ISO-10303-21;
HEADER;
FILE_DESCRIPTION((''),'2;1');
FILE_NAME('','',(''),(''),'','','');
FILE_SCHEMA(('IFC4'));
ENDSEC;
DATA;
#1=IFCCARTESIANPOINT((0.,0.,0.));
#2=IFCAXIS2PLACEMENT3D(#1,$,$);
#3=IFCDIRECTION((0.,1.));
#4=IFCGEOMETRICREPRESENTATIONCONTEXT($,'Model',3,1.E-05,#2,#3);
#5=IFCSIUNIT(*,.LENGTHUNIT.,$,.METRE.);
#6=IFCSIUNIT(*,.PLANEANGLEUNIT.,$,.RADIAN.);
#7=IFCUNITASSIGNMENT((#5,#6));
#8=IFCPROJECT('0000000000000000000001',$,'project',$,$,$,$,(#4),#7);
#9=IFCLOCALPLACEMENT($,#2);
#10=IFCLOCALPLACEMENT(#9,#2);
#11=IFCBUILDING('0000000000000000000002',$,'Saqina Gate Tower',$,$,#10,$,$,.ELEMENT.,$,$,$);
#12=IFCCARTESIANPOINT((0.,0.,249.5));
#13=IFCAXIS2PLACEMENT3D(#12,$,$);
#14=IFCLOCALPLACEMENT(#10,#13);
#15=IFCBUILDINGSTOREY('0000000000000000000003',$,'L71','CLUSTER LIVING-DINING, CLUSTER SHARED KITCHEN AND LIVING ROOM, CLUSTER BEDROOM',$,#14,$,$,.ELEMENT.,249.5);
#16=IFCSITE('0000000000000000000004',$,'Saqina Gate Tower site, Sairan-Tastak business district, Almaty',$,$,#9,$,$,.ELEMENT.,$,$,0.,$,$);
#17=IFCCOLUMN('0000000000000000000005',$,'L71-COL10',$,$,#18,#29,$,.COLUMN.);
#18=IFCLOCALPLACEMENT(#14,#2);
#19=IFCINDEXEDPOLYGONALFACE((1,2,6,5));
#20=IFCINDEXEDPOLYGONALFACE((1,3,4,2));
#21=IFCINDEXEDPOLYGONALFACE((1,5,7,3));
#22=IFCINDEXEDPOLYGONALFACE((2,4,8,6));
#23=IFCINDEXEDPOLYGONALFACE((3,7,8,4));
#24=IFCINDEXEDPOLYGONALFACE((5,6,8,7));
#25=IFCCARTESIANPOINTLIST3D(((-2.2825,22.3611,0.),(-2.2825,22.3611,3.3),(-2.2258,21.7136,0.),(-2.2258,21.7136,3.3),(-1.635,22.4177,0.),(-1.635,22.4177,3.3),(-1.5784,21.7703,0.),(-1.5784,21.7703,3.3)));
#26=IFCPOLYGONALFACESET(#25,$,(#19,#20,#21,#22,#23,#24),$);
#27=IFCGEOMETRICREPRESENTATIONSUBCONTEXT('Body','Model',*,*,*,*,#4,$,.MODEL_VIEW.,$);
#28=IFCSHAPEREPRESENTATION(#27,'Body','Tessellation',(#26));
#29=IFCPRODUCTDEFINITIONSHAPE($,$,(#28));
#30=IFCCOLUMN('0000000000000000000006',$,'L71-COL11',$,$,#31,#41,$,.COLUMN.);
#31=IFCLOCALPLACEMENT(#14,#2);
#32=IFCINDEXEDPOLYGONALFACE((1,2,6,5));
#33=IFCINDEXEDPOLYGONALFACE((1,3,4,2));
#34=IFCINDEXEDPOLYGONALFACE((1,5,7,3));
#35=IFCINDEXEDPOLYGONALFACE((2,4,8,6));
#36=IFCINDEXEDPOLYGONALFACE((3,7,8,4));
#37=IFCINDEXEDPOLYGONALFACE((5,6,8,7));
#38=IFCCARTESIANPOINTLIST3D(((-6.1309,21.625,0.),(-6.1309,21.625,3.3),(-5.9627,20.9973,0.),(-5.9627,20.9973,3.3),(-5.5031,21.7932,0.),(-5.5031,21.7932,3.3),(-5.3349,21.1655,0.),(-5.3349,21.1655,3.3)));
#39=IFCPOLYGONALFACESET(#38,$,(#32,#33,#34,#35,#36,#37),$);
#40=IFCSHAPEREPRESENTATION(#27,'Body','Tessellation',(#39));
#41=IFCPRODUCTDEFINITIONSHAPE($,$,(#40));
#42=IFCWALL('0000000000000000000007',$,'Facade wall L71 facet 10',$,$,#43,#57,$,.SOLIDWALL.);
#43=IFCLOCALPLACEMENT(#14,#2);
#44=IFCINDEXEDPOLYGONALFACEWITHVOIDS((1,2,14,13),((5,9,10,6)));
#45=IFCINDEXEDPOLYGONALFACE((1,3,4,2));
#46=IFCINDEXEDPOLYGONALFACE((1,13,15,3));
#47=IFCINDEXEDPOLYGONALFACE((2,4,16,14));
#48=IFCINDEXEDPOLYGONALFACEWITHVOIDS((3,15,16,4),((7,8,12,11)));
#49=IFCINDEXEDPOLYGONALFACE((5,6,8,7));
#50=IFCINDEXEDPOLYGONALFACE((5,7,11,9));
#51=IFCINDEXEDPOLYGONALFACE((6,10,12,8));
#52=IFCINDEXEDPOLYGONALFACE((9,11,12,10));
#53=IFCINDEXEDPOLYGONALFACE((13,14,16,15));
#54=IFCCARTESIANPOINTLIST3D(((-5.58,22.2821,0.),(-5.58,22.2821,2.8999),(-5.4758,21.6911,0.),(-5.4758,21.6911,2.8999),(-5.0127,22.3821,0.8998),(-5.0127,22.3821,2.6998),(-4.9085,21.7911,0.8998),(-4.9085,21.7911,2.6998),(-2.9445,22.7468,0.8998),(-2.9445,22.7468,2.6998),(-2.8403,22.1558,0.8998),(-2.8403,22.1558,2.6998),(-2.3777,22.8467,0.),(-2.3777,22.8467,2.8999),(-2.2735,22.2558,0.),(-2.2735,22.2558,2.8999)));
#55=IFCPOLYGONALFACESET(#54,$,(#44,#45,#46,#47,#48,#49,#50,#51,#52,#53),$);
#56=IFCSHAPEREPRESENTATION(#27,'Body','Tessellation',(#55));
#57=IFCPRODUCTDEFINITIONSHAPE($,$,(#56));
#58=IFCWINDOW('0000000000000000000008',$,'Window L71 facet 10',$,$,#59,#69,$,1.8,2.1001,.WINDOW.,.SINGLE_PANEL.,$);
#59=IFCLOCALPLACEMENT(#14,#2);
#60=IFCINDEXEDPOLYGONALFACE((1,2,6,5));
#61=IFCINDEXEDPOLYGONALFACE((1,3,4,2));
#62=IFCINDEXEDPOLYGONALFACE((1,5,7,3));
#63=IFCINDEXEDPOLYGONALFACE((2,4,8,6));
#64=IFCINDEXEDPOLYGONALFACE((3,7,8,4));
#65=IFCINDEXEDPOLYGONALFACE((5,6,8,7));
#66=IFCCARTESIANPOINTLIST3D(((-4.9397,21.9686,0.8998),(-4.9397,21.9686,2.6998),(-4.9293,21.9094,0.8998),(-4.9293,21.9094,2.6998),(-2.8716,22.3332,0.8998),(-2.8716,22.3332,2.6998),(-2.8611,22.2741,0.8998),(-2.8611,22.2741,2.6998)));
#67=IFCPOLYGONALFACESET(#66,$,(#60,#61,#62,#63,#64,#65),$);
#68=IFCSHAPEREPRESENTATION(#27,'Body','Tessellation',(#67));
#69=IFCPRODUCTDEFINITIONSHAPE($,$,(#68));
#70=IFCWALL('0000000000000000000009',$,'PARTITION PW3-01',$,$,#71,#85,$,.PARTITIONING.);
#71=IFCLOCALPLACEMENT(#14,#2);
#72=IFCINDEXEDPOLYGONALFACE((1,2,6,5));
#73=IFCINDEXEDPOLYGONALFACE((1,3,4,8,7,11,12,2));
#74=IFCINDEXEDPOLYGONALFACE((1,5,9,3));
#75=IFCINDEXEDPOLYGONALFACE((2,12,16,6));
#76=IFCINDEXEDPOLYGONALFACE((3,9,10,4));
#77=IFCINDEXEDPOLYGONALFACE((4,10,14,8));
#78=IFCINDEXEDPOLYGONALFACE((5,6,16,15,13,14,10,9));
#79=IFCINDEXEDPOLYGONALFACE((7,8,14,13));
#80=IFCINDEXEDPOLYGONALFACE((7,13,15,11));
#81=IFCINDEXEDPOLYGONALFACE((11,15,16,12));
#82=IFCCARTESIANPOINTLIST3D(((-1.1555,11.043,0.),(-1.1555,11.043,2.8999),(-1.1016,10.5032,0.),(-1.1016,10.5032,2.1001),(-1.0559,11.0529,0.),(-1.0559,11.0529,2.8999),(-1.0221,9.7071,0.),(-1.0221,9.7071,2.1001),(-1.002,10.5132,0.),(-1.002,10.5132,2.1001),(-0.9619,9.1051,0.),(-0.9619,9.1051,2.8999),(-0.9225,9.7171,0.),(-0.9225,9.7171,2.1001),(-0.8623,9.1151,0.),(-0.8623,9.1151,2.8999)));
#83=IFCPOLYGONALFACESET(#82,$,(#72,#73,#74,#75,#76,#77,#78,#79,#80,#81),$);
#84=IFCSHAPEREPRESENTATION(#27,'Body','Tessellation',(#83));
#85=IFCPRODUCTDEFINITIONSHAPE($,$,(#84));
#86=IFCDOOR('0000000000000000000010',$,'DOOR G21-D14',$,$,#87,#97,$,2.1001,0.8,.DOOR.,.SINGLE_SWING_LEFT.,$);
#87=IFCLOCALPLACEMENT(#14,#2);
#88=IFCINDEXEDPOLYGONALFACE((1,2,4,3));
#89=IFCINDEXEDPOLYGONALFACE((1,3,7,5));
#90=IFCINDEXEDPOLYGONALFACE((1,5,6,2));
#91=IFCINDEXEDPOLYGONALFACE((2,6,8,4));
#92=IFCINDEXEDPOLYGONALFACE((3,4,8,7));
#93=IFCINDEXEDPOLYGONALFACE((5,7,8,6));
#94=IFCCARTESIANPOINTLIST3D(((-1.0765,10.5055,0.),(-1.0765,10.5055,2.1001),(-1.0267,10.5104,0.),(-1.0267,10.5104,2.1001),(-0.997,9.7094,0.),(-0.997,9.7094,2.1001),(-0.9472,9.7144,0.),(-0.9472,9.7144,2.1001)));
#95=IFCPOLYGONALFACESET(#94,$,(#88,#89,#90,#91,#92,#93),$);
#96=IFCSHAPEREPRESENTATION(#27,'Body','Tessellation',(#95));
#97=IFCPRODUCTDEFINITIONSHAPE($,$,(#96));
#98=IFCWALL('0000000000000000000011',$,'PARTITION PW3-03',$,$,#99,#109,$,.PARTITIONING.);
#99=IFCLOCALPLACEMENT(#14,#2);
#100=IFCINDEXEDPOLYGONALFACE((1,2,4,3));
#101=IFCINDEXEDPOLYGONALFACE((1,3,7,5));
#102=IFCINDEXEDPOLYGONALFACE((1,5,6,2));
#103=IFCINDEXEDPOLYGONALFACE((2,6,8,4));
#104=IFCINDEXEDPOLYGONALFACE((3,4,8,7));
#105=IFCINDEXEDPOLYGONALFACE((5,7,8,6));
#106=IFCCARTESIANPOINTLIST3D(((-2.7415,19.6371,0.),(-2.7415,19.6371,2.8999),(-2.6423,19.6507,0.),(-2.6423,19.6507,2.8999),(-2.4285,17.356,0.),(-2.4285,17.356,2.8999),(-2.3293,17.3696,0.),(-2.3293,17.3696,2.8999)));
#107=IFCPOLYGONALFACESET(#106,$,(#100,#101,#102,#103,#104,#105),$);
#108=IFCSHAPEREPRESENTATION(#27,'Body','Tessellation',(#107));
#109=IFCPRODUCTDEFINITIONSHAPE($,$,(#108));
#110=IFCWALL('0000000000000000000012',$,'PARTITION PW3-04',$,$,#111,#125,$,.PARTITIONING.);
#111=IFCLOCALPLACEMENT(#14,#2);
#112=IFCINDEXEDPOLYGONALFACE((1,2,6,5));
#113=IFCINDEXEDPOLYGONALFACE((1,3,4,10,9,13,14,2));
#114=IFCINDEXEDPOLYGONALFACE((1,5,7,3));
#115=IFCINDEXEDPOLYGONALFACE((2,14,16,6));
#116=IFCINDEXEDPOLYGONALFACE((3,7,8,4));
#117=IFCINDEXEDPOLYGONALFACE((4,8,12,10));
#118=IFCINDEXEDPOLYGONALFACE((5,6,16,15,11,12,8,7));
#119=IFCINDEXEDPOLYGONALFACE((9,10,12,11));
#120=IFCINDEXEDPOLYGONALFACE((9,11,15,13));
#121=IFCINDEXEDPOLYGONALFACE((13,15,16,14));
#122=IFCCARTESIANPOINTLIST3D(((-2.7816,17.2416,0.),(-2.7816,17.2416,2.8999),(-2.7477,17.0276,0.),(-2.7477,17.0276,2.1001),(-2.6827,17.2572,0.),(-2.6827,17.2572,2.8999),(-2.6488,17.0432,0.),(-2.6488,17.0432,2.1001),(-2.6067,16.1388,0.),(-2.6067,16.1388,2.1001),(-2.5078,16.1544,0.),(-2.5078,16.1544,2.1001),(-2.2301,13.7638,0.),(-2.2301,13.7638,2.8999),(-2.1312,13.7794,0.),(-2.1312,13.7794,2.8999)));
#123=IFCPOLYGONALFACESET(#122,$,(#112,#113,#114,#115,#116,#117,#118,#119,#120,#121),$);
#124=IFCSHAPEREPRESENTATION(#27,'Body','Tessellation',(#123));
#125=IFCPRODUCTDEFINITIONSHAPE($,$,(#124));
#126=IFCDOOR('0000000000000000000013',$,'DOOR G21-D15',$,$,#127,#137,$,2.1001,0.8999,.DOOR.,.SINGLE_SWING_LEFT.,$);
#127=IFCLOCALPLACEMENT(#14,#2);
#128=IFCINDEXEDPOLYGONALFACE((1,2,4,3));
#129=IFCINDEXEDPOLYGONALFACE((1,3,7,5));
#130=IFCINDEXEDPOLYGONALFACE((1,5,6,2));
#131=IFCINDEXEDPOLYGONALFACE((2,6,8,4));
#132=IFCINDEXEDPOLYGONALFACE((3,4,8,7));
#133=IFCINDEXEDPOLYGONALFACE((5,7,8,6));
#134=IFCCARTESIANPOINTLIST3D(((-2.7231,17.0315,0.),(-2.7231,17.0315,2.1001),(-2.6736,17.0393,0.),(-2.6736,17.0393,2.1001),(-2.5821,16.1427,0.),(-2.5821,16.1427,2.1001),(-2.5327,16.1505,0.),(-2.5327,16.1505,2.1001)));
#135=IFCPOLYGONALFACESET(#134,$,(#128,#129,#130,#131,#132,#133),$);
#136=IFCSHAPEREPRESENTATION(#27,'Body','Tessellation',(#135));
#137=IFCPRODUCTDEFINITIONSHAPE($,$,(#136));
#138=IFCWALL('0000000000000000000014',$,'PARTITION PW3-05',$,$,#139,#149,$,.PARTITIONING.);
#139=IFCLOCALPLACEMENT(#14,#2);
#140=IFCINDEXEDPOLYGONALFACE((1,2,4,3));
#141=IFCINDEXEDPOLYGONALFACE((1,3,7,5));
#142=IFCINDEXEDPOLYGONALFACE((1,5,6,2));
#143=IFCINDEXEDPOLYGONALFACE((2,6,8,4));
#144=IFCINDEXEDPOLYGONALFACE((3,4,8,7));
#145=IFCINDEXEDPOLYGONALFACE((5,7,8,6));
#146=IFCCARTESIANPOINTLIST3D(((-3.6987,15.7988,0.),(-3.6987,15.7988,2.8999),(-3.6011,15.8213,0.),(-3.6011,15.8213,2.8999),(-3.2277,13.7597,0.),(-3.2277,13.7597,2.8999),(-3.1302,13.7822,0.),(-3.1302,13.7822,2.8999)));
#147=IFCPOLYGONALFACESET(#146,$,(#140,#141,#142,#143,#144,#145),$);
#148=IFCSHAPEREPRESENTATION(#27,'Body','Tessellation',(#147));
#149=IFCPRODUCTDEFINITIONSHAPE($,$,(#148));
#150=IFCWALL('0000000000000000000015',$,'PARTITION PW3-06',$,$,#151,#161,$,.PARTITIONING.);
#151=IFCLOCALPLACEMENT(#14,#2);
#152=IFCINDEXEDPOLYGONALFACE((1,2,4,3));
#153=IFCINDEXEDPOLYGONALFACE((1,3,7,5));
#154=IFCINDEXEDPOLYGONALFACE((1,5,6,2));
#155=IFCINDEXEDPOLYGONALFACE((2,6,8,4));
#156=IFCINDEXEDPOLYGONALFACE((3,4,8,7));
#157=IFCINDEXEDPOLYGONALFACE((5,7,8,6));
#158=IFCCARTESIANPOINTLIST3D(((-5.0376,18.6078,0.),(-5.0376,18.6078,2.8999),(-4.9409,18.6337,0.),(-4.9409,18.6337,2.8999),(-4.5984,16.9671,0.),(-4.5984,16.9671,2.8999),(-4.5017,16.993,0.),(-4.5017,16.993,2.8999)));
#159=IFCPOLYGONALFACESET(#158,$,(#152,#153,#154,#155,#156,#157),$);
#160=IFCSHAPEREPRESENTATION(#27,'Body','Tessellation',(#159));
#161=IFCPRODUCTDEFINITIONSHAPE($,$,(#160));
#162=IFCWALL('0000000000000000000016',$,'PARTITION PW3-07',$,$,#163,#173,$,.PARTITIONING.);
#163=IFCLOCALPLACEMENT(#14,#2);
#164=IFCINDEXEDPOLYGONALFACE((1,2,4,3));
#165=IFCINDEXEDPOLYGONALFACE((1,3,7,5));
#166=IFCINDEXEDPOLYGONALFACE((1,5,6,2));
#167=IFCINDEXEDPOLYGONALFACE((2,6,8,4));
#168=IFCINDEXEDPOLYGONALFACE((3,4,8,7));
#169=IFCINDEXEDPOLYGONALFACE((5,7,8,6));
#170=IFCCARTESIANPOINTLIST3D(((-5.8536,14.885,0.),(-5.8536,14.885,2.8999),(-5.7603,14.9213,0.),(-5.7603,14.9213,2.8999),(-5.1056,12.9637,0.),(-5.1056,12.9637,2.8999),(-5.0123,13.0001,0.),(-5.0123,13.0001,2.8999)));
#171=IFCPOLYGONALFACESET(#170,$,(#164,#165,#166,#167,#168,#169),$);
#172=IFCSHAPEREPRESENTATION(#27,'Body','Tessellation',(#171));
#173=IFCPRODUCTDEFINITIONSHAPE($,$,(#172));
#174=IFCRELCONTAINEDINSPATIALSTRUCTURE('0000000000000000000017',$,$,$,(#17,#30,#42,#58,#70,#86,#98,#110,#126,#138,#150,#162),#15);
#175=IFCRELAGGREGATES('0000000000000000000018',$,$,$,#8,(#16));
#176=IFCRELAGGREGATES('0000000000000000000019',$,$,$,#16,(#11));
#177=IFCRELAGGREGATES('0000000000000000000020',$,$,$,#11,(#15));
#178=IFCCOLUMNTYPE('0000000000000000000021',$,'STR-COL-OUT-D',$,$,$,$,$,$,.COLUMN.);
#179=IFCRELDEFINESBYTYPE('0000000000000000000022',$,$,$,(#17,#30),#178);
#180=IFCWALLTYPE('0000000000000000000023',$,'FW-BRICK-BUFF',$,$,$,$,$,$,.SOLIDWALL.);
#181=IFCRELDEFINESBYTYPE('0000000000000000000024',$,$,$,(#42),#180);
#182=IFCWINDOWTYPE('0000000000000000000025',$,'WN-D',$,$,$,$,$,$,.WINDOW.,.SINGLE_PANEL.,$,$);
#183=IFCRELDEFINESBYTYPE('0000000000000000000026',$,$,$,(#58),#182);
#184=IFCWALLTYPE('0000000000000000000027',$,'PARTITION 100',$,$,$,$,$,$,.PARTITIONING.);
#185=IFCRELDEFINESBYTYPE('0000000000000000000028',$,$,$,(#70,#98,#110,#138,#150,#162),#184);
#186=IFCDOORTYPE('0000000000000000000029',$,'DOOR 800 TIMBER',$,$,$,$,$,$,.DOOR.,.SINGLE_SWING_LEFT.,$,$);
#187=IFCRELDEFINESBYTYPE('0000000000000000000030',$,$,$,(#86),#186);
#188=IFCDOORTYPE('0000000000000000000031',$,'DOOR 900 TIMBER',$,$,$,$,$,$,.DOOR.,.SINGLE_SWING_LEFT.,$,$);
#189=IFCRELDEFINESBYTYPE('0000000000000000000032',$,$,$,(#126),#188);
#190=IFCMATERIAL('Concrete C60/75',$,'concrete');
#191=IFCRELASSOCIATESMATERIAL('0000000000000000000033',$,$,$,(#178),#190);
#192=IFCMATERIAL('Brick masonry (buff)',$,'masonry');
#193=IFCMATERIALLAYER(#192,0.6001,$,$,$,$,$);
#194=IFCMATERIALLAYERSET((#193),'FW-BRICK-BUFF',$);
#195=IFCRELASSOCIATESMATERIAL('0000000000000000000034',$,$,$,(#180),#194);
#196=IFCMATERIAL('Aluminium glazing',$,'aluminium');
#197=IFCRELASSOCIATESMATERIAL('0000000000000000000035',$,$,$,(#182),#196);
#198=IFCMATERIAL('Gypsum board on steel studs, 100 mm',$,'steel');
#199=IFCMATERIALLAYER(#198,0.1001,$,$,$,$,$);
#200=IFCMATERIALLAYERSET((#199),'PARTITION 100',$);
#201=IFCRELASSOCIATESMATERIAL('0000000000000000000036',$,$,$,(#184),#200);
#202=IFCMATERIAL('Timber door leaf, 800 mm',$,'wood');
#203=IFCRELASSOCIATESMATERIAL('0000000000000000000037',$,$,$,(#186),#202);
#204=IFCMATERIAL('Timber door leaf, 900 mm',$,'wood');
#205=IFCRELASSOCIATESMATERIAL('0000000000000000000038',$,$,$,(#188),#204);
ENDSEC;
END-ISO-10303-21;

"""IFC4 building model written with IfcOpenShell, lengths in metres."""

from ifc_helpers import new_model, si_unit, direction, frame, frame_2d, origin, origin_2d, place, context, subcontext, project, spatial, rectangle, extrude, material, layer, layer_set, material_profile, profile_set, type_object, element, fill, save


model = new_model("IFC4")

# Units and contexts
model_context = context("Model", 3, precision=1e-05, world=origin(), true_north=direction((0.0, 1.0)))
body_context = subcontext(model_context, "Body", "Model", "MODEL_VIEW")
ifc_project = project(units=[si_unit("LENGTHUNIT", "METRE"), si_unit("PLANEANGLEUNIT", "RADIAN")], contexts=[model_context])

# Site, building, storey
site_placement = place(None, origin())
site = spatial("IfcSite", under=ifc_project, at=site_placement, Name="Saqina Gate Tower site, Sairan-Tastak business district, Almaty", CompositionType="ELEMENT", RefElevation=0.0)
building_placement = place(site_placement, origin())
building = spatial("IfcBuilding", under=site, at=building_placement, Name="Saqina Gate Tower", CompositionType="ELEMENT")
storey_placement = place(building_placement, frame((0.0, 0.0, 249.5)))
storey = spatial("IfcBuildingStorey", under=building, at=storey_placement, Name="L71", Description="CLUSTER LIVING-DINING, CLUSTER SHARED KITCHEN AND LIVING ROOM, CLUSTER BEDROOM", CompositionType="ELEMENT", Elevation=249.5)

# Columns
ifc_material_1 = material(Name="Concrete C60/75", Category="concrete")
ifc_material_profile = material_profile(ifc_material_1, rectangle(XDim=0.6499, YDim=0.6499, at=origin_2d()), Name="RC 650x650")
ifc_profile_set = profile_set([ifc_material_profile], Name="Concrete C60/75")
column_type = type_object("IfcColumnType", Name="STR-COL-OUT-D", PredefinedType="COLUMN", material=ifc_profile_set)
for number, where, z_axis, x_axis, name in (
    (1, (-1.9304, 22.0657, 0.0), (0.0, 0.0, 1.0), (-0.087156, 0.996195, 0.0), "L71-COL10"),
    (2, (-5.7329, 21.3953, 0.0), (0.0, 0.0, 1.0), (-0.258819, 0.965926, 0.0), "L71-COL11"),
):
    element("IfcColumn", number, at=place(storey_placement, frame(where, z_axis=z_axis, x_axis=x_axis)), inside=storey, type_object=column_type, Name=name, PredefinedType="COLUMN", context=body_context, shape_type="SweptSolid", body=[
        extrude(rectangle(XDim=0.6499, YDim=0.6499, at=origin_2d()), origin(), (0.0, 0.0, 1.0), 3.3),
    ])

# Wall, opening, window
ifc_material_2 = material(Name="Brick masonry (buff)", Category="masonry")
ifc_layer_1 = layer(ifc_material_2, 0.6001)
ifc_layer_set_1 = layer_set([ifc_layer_1], Name="FW-BRICK-BUFF")
wall_type_1 = type_object("IfcWallType", Name="FW-BRICK-BUFF", PredefinedType="SOLIDWALL", material=ifc_layer_set_1)
wall_1_placement = place(storey_placement, frame((-2.3254, 22.5513, 0.0), z_axis=(0.0, 0.0, 1.0), x_axis=(-0.984806, -0.173657, 0.0)))
wall_1 = element("IfcWall", 3, at=wall_1_placement, inside=storey, type_object=wall_type_1, Name="Facade wall L71 facet 10", PredefinedType="SOLIDWALL", context=body_context, shape_type="SweptSolid", body=[
    extrude(rectangle(XDim=3.2517, YDim=0.6001, at=frame_2d((1.626, 0.0))), origin(), (0.0, 0.0, 1.0), 2.8999),
])
opening_1_placement = place(wall_1_placement, frame((0.5757, 0.0, 0.8999)))
opening_1 = element("IfcOpeningElement", 4, at=opening_1_placement, cuts=wall_1, PredefinedType="OPENING", context=body_context, shape_type="SweptSolid", body=[
    extrude(rectangle(XDim=2.1001, YDim=1.8, at=frame_2d((1.05, 0.8999))), frame((0.0, 0.312, 0.0), z_axis=(0.0, -1.0, 0.0), x_axis=(1.0, 0.0, 0.0)), (0.0, 0.0, 1.0), 0.624),
])
ifc_material_3 = material(Name="Aluminium glazing", Category="aluminium")
window_type = type_object("IfcWindowType", Name="WN-D", PartitioningType="SINGLE_PANEL", PredefinedType="WINDOW", material=ifc_material_3)
window_placement = place(opening_1_placement, origin())
window = element("IfcWindow", 5, at=window_placement, inside=storey, type_object=window_type, Name="Window L71 facet 10", OverallHeight=1.8, OverallWidth=2.1001, PartitioningType="SINGLE_PANEL", PredefinedType="WINDOW", context=body_context, shape_type="SweptSolid", body=[
    extrude(rectangle(XDim=2.1001, YDim=1.8, at=frame_2d((1.05, 0.8999))), frame((0.0, 0.1799, 0.0), z_axis=(0.0, -1.0, 0.0), x_axis=(1.0, 0.0, 0.0)), (0.0, 0.0, 1.0), 0.0601),
])
fill(opening_1, window)

# Wall, opening, door
ifc_material_4 = material(Name="Gypsum board on steel studs, 100 mm", Category="steel")
ifc_layer_2 = layer(ifc_material_4, 0.1001)
ifc_layer_set_2 = layer_set([ifc_layer_2], Name="PARTITION 100")
wall_type_2 = type_object("IfcWallType", Name="PARTITION 100", PredefinedType="PARTITIONING", material=ifc_layer_set_2)
wall_2_placement = place(storey_placement, frame((-1.1057, 11.0479, 0.0), z_axis=(0.0, 0.0, 1.0), x_axis=(0.099417, -0.995046, 0.0)))
wall_2 = element("IfcWall", 6, at=wall_2_placement, inside=storey, type_object=wall_type_2, Name="PARTITION PW3-01", PredefinedType="PARTITIONING", context=body_context, shape_type="SweptSolid", body=[
    extrude(rectangle(XDim=1.9475, YDim=0.1001, at=frame_2d((0.9736, 0.0))), origin(), (0.0, 0.0, 1.0), 2.8999),
])
opening_2_placement = place(wall_2_placement, frame((0.5425, 0.0, 0.0)))
opening_2 = element("IfcOpeningElement", 7, at=opening_2_placement, cuts=wall_2, PredefinedType="OPENING", context=body_context, shape_type="SweptSolid", body=[
    extrude(rectangle(XDim=0.8, YDim=2.1001, at=frame_2d((0.3999, 1.05))), frame((0.0, 0.062, 0.0), z_axis=(0.0, -1.0, 0.0), x_axis=(1.0, 0.0, 0.0)), (0.0, 0.0, 1.0), 0.124),
])
ifc_material_5 = material(Name="Timber door leaf, 800 mm", Category="wood")
door_type_1 = type_object("IfcDoorType", Name="DOOR 800 TIMBER", OperationType="SINGLE_SWING_LEFT", PredefinedType="DOOR", material=ifc_material_5)
door_1_placement = place(opening_2_placement, frame((0.8, 0.0, 0.0), z_axis=(0.0, 0.0, 1.0), x_axis=(-1.0, 0.0, 0.0)))
door_1 = element("IfcDoor", 8, at=door_1_placement, inside=storey, type_object=door_type_1, Name="DOOR G21-D14", OperationType="SINGLE_SWING_LEFT", OverallHeight=2.1001, OverallWidth=0.8, PredefinedType="DOOR", context=body_context, shape_type="SweptSolid", body=[
    extrude(rectangle(XDim=0.8, YDim=2.1001, at=frame_2d((0.3999, 1.05))), frame((0.0, 0.0249, 0.0), z_axis=(0.0, -1.0, 0.0), x_axis=(1.0, 0.0, 0.0)), (0.0, 0.0, 1.0), 0.05),
])
fill(opening_2, door_1)

# Wall
wall_3_placement = place(storey_placement, frame((-2.6919, 19.644, 0.0), z_axis=(0.0, 0.0, 1.0), x_axis=(0.135941, -0.990717, 0.0)))
element("IfcWall", 9, at=wall_3_placement, inside=storey, type_object=wall_type_2, Name="PARTITION PW3-03", PredefinedType="PARTITIONING", context=body_context, shape_type="SweptSolid", body=[
    extrude(rectangle(XDim=2.3025, YDim=0.1001, at=frame_2d((1.1514, 0.0))), origin(), (0.0, 0.0, 1.0), 2.8999),
])

# Wall, opening, door
wall_4_placement = place(storey_placement, frame((-2.7322, 17.2495, 0.0), z_axis=(0.0, 0.0, 1.0), x_axis=(0.156625, -0.987658, 0.0)))
wall_4 = element("IfcWall", 10, at=wall_4_placement, inside=storey, type_object=wall_type_2, Name="PARTITION PW3-04", PredefinedType="PARTITIONING", context=body_context, shape_type="SweptSolid", body=[
    extrude(rectangle(XDim=3.5212, YDim=0.1001, at=frame_2d((1.7607, 0.0))), origin(), (0.0, 0.0, 1.0), 2.8999),
])
opening_3_placement = place(wall_4_placement, frame((0.2168, 0.0, 0.0)))
opening_3 = element("IfcOpeningElement", 11, at=opening_3_placement, cuts=wall_4, PredefinedType="OPENING", context=body_context, shape_type="SweptSolid", body=[
    extrude(rectangle(XDim=0.8999, YDim=2.1001, at=frame_2d((0.45, 1.05))), frame((0.0, 0.062, 0.0), z_axis=(0.0, -1.0, 0.0), x_axis=(1.0, 0.0, 0.0)), (0.0, 0.0, 1.0), 0.124),
])
ifc_material_6 = material(Name="Timber door leaf, 900 mm", Category="wood")
door_type_2 = type_object("IfcDoorType", Name="DOOR 900 TIMBER", OperationType="SINGLE_SWING_LEFT", PredefinedType="DOOR", material=ifc_material_6)
door_2_placement = place(opening_3_placement, origin())
door_2 = element("IfcDoor", 12, at=door_2_placement, inside=storey, type_object=door_type_2, Name="DOOR G21-D15", OperationType="SINGLE_SWING_LEFT", OverallHeight=2.1001, OverallWidth=0.8999, PredefinedType="DOOR", context=body_context, shape_type="SweptSolid", body=[
    extrude(rectangle(XDim=0.8999, YDim=2.1001, at=frame_2d((0.45, 1.05))), frame((0.0, 0.0249, 0.0), z_axis=(0.0, -1.0, 0.0), x_axis=(1.0, 0.0, 0.0)), (0.0, 0.0, 1.0), 0.05),
])
fill(opening_3, door_2)

# Walls
wall_5_placement = place(storey_placement, frame((-3.6499, 15.8101, 0.0), z_axis=(0.0, 0.0, 1.0), x_axis=(0.225038, -0.97435, 0.0)))
element("IfcWall", 13, at=wall_5_placement, inside=storey, type_object=wall_type_2, Name="PARTITION PW3-05", PredefinedType="PARTITIONING", context=body_context, shape_type="SweptSolid", body=[
    extrude(rectangle(XDim=2.0928, YDim=0.1001, at=frame_2d((1.0464, 0.0))), origin(), (0.0, 0.0, 1.0), 2.8999),
])
wall_6_placement = place(storey_placement, frame((-4.9893, 18.6206, 0.0), z_axis=(0.0, 0.0, 1.0), x_axis=(0.258602, -0.965984, 0.0)))
element("IfcWall", 14, at=wall_6_placement, inside=storey, type_object=wall_type_2, Name="PARTITION PW3-06", PredefinedType="PARTITIONING", context=body_context, shape_type="SweptSolid", body=[
    extrude(rectangle(XDim=1.6985, YDim=0.1001, at=frame_2d((0.8491, 0.0))), origin(), (0.0, 0.0, 1.0), 2.8999),
])
wall_7_placement = place(storey_placement, frame((-5.8069, 14.9031, 0.0), z_axis=(0.0, 0.0, 1.0), x_axis=(0.362801, -0.931867, 0.0)))
element("IfcWall", 15, at=wall_7_placement, inside=storey, type_object=wall_type_2, Name="PARTITION PW3-07", PredefinedType="PARTITIONING", context=body_context, shape_type="SweptSolid", body=[
    extrude(rectangle(XDim=2.0618, YDim=0.1001, at=frame_2d((1.0308, 0.0))), origin(), (0.0, 0.0, 1.0), 2.8999),
])

save(model, "model.ifc")
